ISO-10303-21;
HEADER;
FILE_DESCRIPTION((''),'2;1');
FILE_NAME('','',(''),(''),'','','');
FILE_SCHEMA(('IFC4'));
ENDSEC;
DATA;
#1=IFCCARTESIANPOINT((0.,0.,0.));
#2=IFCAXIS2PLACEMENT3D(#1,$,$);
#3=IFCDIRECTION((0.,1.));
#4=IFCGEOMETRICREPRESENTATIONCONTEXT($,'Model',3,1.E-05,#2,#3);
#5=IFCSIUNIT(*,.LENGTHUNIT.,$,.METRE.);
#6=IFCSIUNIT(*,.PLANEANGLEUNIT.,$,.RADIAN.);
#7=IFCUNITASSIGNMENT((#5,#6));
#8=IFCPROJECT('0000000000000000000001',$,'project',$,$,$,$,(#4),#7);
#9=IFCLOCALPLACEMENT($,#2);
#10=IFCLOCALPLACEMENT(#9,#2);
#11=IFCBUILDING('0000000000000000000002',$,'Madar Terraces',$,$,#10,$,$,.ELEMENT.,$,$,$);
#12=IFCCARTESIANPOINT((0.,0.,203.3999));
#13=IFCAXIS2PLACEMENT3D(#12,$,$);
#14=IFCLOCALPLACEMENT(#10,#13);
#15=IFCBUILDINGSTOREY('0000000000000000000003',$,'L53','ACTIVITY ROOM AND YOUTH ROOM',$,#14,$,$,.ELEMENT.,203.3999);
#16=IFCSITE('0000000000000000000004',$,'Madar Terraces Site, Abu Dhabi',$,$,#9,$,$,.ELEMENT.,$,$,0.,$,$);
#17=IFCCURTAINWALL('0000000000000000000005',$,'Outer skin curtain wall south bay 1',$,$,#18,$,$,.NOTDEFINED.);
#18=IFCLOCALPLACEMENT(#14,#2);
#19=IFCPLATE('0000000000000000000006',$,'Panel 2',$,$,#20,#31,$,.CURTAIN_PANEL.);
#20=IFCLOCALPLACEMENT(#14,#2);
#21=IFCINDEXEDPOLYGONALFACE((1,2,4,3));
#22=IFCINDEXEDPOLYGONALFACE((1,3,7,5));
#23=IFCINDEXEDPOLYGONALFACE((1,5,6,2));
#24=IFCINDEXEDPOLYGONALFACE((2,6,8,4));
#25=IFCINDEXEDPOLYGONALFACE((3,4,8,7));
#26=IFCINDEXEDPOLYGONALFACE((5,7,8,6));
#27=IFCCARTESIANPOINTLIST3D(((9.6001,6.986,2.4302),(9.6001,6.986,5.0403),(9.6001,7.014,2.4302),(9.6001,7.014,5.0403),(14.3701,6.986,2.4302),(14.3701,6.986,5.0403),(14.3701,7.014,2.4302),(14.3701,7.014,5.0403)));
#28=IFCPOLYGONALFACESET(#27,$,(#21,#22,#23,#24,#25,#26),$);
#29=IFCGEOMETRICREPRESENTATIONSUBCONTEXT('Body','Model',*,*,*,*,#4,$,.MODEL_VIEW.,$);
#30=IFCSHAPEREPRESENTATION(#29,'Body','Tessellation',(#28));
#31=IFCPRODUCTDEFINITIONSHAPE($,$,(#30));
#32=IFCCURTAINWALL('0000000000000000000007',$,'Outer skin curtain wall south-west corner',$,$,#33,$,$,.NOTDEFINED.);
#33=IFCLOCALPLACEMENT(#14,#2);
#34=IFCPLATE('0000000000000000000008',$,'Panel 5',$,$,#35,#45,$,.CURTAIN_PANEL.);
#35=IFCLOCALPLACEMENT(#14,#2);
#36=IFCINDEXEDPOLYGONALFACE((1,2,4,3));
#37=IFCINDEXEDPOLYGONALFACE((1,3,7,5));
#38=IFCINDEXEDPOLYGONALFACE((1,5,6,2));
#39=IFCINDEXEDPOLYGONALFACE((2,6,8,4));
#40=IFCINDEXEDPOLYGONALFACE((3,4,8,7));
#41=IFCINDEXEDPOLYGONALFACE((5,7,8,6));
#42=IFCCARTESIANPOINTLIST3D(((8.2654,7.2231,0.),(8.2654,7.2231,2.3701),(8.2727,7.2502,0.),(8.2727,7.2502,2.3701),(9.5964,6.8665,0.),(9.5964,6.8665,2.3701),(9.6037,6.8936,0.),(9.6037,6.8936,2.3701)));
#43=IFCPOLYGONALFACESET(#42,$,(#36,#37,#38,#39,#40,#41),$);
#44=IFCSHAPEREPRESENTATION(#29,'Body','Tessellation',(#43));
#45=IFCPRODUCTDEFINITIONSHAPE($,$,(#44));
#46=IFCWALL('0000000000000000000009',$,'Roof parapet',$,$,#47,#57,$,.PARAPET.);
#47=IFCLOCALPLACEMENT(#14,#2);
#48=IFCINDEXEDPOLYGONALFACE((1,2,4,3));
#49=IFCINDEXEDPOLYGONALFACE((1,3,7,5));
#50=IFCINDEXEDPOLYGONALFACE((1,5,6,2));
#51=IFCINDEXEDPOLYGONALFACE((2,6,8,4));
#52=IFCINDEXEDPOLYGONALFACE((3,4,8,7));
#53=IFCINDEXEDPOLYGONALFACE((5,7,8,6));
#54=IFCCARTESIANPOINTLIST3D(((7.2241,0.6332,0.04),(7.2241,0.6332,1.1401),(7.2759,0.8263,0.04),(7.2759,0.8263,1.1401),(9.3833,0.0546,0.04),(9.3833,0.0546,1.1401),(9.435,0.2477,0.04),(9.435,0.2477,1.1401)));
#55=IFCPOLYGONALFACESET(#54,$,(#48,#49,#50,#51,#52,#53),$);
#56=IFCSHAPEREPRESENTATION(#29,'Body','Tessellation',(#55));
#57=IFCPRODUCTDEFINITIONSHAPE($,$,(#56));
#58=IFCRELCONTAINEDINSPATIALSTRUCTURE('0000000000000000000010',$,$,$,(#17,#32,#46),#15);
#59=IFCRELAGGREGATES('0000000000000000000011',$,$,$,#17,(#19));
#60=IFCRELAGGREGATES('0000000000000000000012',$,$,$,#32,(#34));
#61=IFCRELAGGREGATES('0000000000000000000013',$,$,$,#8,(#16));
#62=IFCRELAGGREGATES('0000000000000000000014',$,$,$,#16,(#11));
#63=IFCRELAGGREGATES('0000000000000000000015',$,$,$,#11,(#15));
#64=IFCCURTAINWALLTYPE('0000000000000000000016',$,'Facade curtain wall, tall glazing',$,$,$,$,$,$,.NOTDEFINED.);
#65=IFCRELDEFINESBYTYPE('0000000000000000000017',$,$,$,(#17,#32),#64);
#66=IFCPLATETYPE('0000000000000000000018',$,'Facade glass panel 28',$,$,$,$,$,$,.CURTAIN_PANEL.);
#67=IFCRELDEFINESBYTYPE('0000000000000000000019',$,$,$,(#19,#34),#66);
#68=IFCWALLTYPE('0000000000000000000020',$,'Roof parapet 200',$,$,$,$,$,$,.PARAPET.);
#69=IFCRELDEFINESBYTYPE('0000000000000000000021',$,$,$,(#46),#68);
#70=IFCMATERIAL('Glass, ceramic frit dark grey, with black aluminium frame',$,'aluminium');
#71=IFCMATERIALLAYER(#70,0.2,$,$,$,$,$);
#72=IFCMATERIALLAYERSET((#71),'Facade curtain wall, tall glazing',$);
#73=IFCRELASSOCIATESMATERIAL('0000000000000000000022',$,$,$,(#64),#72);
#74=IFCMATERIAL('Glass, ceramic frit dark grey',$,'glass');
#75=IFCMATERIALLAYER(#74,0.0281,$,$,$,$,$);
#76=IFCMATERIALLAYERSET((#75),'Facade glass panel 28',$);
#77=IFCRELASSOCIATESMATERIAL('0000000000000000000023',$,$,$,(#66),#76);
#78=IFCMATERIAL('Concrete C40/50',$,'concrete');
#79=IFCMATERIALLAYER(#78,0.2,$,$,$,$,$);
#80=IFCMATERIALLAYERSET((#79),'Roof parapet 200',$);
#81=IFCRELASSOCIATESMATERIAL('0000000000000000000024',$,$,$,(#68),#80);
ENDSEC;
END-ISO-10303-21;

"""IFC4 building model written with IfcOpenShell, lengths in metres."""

from ifc_helpers import new_model, si_unit, direction, frame, frame_2d, origin, origin_2d, place, context, subcontext, project, spatial, rectangle, extrude, material, layer, layer_set, type_object, element, aggregate, save


model = new_model("IFC4")

# Units and contexts
model_context = context("Model", 3, precision=1e-05, world=origin(), true_north=direction((0.0, 1.0)))
body_context = subcontext(model_context, "Body", "Model", "MODEL_VIEW")
ifc_project = project(units=[si_unit("LENGTHUNIT", "METRE"), si_unit("PLANEANGLEUNIT", "RADIAN")], contexts=[model_context])

# Site, building, storey
site_placement = place(None, origin())
site = spatial("IfcSite", under=ifc_project, at=site_placement, Name="Madar Terraces Site, Abu Dhabi", CompositionType="ELEMENT", RefElevation=0.0)
building_placement = place(site_placement, origin())
building = spatial("IfcBuilding", under=site, at=building_placement, Name="Madar Terraces", CompositionType="ELEMENT")
storey_placement = place(building_placement, frame((0.0, 0.0, 203.3999)))
storey = spatial("IfcBuildingStorey", under=building, at=storey_placement, Name="L53", Description="ACTIVITY ROOM AND YOUTH ROOM", CompositionType="ELEMENT", Elevation=203.3999)

# Curtain wall
ifc_material_1 = material(Name="Glass, ceramic frit dark grey, with black aluminium frame", Category="aluminium")
ifc_layer_1 = layer(ifc_material_1, 0.2)
ifc_layer_set_1 = layer_set([ifc_layer_1], Name="Facade curtain wall, tall glazing")
curtain_wall_type = type_object("IfcCurtainWallType", Name="Facade curtain wall, tall glazing", PredefinedType="NOTDEFINED", material=ifc_layer_set_1)
curtain_wall_1_placement = place(storey_placement, origin())
curtain_wall_1 = element("IfcCurtainWall", 1, at=curtain_wall_1_placement, inside=storey, type_object=curtain_wall_type, Name="Outer skin curtain wall south bay 1", PredefinedType="NOTDEFINED")

# Plate
ifc_material_2 = material(Name="Glass, ceramic frit dark grey", Category="glass")
ifc_layer_2 = layer(ifc_material_2, 0.0281)
ifc_layer_set_2 = layer_set([ifc_layer_2], Name="Facade glass panel 28")
plate_type = type_object("IfcPlateType", Name="Facade glass panel 28", PredefinedType="CURTAIN_PANEL", material=ifc_layer_set_2)
plate_1_placement = place(storey_placement, frame((11.9851, 7.0, 2.4302), z_axis=(0.0, 0.0, 1.0), x_axis=(1.0, 0.0, 0.0)))
plate_1 = element("IfcPlate", 2, at=plate_1_placement, type_object=plate_type, Name="Panel 2", PredefinedType="CURTAIN_PANEL", context=body_context, shape_type="SweptSolid", body=[
    extrude(rectangle(XDim=4.77, YDim=0.0281, at=origin_2d()), origin(), (0.0, 0.0, 1.0), 2.6101),
])
aggregate(curtain_wall_1, [plate_1])

# Curtain wall, plate
curtain_wall_2_placement = place(storey_placement, origin())
curtain_wall_2 = element("IfcCurtainWall", 3, at=curtain_wall_2_placement, inside=storey, type_object=curtain_wall_type, Name="Outer skin curtain wall south-west corner", PredefinedType="NOTDEFINED")
plate_2_placement = place(storey_placement, frame((8.9346, 7.0583, 0.0), z_axis=(0.0, 0.0, 1.0), x_axis=(0.965926, -0.258819, 0.0)))
plate_2 = element("IfcPlate", 4, at=plate_2_placement, type_object=plate_type, Name="Panel 5", PredefinedType="CURTAIN_PANEL", context=body_context, shape_type="SweptSolid", body=[
    extrude(rectangle(XDim=1.3779, YDim=0.0281, at=origin_2d()), origin(), (0.0, 0.0, 1.0), 2.3701),
])
aggregate(curtain_wall_2, [plate_2])

# Wall
ifc_material_3 = material(Name="Concrete C40/50", Category="concrete")
ifc_layer_3 = layer(ifc_material_3, 0.2)
ifc_layer_set_3 = layer_set([ifc_layer_3], Name="Roof parapet 200")
wall_type = type_object("IfcWallType", Name="Roof parapet 200", PredefinedType="PARAPET", material=ifc_layer_set_3)
wall_placement = place(storey_placement, frame((7.25, 0.7297, 0.04), z_axis=(0.0, 0.0, 1.0), x_axis=(0.965919, -0.258845, 0.0)))
element("IfcWall", 5, at=wall_placement, inside=storey, type_object=wall_type, Name="Roof parapet", PredefinedType="PARAPET", context=body_context, shape_type="SweptSolid", body=[
    extrude(rectangle(XDim=2.2354, YDim=0.2, at=frame_2d((1.1177, 0.0))), origin(), (0.0, 0.0, 1.0), 1.1001),
])

save(model, "model.ifc")
